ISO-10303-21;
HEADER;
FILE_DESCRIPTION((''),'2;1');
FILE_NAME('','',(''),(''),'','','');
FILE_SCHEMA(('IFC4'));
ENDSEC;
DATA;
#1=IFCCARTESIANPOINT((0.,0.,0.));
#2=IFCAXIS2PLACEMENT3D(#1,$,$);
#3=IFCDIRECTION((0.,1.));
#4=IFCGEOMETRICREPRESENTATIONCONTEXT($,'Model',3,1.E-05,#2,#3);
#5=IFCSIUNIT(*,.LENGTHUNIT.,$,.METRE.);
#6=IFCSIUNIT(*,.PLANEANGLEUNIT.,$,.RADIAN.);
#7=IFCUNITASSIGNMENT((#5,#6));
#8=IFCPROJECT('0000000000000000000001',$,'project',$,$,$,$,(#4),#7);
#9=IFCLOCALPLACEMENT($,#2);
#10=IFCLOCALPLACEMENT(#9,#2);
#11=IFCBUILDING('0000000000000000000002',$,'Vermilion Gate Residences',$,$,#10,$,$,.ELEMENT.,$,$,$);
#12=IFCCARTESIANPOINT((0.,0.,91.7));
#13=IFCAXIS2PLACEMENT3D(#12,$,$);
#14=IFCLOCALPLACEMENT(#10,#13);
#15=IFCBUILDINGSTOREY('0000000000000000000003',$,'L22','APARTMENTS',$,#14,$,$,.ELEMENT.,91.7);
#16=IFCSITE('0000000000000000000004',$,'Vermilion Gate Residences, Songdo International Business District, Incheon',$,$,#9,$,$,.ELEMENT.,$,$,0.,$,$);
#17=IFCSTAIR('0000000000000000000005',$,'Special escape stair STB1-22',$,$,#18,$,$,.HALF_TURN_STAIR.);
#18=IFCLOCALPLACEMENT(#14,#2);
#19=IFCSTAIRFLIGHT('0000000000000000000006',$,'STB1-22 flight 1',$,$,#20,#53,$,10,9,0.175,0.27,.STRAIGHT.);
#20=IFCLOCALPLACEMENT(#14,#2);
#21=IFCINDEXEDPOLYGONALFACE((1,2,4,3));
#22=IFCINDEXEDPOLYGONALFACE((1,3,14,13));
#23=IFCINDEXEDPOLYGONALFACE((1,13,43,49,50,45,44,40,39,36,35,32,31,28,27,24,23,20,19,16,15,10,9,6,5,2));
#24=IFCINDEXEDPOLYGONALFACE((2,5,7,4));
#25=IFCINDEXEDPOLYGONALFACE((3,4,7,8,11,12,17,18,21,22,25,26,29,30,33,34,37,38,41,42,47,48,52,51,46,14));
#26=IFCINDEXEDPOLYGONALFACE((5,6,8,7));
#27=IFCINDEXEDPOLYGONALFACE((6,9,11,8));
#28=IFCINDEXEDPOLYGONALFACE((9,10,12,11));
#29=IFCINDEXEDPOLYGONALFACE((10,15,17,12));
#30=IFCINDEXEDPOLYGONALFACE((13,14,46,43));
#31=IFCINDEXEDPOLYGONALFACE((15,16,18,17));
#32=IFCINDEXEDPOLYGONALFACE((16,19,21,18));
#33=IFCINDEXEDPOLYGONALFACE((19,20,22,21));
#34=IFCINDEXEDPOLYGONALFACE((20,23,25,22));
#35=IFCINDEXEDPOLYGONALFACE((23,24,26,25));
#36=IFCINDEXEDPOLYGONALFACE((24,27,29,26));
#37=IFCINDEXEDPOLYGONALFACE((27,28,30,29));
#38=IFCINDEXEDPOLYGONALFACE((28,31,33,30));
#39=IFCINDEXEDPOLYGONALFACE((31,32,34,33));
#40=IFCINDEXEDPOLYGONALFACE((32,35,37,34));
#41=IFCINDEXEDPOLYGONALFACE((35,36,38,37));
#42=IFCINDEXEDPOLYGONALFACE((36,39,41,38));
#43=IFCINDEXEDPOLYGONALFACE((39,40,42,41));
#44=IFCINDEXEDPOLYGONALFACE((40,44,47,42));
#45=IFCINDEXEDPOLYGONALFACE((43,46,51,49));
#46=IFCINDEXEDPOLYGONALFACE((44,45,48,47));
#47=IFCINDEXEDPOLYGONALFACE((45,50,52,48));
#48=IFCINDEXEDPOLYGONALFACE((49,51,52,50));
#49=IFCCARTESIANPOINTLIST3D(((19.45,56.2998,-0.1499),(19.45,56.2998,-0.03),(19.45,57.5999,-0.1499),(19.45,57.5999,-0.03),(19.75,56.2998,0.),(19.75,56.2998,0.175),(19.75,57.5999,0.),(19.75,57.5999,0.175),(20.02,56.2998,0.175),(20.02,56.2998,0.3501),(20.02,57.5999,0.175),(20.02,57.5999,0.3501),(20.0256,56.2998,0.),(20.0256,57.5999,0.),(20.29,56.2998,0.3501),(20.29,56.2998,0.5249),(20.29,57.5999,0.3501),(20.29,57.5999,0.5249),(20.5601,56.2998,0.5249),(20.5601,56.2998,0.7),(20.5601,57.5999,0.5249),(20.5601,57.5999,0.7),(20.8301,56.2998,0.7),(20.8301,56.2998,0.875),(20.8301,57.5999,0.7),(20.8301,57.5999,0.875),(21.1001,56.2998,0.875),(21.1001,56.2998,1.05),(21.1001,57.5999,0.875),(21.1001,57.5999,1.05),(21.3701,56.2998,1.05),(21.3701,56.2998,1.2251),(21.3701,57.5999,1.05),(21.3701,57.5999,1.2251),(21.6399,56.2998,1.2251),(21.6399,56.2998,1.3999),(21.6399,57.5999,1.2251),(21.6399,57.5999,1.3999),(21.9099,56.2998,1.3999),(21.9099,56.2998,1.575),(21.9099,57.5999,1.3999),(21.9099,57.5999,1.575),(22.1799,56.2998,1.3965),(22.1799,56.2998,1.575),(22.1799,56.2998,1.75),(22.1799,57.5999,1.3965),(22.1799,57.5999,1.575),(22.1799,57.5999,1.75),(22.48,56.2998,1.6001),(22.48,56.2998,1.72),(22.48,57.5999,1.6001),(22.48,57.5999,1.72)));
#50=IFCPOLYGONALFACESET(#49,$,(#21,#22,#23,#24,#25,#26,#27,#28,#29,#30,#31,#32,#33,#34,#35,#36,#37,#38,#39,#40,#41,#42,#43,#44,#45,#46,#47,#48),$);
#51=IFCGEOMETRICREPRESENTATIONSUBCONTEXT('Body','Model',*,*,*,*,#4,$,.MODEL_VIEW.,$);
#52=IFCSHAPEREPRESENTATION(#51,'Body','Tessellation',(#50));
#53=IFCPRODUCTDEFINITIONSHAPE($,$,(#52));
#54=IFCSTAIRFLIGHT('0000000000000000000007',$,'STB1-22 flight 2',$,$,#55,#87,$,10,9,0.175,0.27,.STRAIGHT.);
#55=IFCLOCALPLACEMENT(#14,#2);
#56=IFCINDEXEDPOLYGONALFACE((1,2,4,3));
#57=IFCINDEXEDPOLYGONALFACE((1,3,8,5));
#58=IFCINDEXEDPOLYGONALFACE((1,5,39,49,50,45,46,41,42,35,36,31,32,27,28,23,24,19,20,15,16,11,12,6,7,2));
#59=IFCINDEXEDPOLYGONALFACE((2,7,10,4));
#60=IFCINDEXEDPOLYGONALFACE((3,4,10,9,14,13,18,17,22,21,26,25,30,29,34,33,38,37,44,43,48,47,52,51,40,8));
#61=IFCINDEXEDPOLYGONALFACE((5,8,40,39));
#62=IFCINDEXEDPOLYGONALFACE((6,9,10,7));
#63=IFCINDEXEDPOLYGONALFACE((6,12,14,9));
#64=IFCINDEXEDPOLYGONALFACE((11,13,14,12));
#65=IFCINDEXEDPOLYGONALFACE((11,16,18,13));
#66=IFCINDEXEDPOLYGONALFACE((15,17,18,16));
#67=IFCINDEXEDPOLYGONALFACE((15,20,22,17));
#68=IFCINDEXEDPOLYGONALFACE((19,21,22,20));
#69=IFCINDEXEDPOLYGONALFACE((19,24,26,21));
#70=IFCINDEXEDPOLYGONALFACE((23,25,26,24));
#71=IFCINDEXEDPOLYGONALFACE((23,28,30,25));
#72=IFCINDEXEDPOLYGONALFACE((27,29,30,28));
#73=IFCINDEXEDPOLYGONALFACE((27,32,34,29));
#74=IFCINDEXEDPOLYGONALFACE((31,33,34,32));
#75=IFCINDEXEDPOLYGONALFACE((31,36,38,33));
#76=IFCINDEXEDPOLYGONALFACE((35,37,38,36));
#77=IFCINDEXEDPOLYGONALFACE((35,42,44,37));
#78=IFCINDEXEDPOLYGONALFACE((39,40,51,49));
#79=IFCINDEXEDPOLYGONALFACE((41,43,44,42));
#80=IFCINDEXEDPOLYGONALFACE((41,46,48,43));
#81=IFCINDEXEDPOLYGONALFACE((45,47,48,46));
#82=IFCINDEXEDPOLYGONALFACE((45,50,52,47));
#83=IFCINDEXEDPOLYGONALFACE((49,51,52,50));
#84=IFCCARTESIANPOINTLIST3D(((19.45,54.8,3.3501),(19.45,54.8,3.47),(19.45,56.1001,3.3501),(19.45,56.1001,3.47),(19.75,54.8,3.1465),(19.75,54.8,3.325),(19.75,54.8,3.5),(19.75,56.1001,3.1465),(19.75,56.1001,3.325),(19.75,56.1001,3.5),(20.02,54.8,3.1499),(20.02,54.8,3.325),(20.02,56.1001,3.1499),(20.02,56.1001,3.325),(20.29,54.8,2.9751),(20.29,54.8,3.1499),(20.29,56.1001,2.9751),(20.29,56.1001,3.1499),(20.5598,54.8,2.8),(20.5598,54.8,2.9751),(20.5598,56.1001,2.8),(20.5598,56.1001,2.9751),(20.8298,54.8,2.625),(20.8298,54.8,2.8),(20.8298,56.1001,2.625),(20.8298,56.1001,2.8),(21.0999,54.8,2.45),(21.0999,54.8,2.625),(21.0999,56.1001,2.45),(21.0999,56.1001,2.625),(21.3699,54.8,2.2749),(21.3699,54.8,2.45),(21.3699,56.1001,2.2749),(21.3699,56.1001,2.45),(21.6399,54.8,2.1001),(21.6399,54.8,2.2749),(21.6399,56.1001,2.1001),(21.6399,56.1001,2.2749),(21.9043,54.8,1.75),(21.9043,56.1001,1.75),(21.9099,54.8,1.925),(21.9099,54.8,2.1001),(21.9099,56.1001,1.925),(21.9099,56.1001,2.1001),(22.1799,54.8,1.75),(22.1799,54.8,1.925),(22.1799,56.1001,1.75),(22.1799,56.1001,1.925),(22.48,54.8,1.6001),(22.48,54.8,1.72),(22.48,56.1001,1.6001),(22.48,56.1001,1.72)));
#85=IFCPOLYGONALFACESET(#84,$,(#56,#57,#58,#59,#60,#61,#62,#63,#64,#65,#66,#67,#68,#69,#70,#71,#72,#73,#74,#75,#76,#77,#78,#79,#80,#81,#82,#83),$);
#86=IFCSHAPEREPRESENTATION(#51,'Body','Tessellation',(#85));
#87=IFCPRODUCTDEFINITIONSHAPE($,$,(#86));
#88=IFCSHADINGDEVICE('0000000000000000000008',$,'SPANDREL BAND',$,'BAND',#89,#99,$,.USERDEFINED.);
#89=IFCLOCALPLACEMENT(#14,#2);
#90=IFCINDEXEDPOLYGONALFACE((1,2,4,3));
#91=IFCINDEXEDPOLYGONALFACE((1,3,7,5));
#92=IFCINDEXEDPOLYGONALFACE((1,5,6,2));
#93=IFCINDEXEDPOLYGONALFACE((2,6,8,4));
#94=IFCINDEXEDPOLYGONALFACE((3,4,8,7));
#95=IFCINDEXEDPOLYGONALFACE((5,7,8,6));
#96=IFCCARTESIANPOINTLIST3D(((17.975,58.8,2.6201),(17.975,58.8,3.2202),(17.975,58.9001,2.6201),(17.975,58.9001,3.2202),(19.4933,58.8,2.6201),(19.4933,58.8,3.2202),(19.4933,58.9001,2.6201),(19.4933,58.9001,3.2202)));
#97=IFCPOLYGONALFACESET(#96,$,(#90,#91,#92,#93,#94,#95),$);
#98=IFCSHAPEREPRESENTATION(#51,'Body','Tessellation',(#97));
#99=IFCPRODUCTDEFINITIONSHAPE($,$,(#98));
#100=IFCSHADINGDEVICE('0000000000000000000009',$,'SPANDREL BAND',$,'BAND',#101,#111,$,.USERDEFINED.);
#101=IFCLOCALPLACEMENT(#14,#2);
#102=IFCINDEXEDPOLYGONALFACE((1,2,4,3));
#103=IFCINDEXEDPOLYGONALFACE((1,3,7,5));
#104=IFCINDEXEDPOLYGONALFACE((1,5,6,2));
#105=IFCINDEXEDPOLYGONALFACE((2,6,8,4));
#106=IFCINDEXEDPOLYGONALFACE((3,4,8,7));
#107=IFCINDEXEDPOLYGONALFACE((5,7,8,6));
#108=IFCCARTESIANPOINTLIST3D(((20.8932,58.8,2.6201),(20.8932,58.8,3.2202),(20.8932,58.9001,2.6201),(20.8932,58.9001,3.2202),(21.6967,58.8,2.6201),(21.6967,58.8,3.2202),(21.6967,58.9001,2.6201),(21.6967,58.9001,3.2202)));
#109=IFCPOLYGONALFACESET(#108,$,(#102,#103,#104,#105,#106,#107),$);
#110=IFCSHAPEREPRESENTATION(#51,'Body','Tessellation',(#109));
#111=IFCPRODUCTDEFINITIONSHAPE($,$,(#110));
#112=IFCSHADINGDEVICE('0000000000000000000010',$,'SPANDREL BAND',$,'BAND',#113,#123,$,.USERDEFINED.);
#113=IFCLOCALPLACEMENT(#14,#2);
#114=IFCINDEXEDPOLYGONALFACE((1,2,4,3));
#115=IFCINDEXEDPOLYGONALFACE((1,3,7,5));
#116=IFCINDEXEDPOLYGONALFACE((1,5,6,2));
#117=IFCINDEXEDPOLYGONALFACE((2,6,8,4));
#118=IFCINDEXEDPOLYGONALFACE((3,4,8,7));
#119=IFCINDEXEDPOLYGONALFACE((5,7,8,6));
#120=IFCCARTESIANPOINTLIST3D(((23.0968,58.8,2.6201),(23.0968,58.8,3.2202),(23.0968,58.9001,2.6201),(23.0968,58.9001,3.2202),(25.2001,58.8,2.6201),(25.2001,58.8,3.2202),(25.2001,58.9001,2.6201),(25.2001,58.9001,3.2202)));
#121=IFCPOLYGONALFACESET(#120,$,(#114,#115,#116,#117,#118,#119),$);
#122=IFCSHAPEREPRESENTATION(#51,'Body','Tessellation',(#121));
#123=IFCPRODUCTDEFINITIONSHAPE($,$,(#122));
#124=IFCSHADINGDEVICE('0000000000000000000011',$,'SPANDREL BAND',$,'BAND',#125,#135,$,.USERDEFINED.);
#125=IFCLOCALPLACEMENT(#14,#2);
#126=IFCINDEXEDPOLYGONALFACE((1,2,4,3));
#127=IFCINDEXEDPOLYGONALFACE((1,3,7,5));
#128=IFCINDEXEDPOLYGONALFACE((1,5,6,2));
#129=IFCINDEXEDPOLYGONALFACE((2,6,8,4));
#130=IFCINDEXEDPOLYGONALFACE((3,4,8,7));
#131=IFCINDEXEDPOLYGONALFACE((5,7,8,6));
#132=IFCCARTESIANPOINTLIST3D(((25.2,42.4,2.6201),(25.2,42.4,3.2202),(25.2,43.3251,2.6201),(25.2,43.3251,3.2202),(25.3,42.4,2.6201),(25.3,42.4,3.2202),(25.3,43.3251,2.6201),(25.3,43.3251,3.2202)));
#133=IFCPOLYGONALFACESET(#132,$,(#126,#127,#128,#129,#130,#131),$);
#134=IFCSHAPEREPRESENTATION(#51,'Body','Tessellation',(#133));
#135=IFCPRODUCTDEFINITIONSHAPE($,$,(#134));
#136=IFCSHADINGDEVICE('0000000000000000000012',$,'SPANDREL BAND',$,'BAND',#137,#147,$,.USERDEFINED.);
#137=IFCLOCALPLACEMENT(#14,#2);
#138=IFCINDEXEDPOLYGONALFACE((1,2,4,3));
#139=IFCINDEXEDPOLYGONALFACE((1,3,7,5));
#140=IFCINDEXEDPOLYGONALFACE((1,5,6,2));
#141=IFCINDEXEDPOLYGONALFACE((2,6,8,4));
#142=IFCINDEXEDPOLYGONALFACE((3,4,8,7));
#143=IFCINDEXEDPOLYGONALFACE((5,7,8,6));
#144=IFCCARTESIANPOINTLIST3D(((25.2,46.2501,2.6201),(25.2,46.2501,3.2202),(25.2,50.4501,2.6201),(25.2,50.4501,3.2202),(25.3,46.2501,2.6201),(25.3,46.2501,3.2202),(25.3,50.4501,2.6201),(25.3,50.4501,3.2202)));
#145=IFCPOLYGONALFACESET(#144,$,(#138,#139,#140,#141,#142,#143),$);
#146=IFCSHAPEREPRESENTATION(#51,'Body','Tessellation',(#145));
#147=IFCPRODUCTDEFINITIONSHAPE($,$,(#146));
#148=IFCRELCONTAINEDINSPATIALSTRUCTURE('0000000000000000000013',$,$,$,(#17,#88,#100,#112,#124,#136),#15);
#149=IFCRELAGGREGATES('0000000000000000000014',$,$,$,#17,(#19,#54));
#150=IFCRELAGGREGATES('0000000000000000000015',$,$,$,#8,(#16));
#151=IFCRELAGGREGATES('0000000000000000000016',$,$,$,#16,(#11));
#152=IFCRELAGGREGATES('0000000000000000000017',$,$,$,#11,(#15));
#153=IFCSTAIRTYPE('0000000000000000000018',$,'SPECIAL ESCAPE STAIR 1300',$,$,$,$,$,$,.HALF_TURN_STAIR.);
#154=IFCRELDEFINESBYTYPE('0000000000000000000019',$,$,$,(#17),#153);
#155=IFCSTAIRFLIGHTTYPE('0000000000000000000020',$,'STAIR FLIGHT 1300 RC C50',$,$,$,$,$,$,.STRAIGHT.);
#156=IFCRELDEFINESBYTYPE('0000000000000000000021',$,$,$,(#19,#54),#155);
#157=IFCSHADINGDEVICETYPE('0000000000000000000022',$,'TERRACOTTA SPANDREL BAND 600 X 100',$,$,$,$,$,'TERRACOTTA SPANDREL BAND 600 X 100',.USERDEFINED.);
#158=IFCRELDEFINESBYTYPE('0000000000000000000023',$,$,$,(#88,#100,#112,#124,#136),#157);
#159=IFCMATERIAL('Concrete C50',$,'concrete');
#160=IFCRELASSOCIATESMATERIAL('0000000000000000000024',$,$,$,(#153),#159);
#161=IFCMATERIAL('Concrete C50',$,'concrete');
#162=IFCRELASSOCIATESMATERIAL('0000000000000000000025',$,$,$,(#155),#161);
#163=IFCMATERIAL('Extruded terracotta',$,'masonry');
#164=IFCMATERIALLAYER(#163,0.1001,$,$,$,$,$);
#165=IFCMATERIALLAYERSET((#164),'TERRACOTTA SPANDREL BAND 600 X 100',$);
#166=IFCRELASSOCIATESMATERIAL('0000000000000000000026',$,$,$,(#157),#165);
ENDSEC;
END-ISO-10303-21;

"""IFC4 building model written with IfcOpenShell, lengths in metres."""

from ifc_helpers import new_model, si_unit, direction, frame, origin, origin_2d, place, context, subcontext, project, spatial, polyline, rectangle, outline, extrude, material, layer, layer_set, type_object, element, aggregate, save


model = new_model("IFC4")

# Units and contexts
model_context = context("Model", 3, precision=1e-05, world=origin(), true_north=direction((0.0, 1.0)))
body_context = subcontext(model_context, "Body", "Model", "MODEL_VIEW")
ifc_project = project(units=[si_unit("LENGTHUNIT", "METRE"), si_unit("PLANEANGLEUNIT", "RADIAN")], contexts=[model_context])

# Site, building, storey
site_placement = place(None, origin())
site = spatial("IfcSite", under=ifc_project, at=site_placement, Name="Vermilion Gate Residences, Songdo International Business District, Incheon", CompositionType="ELEMENT", RefElevation=0.0)
building_placement = place(site_placement, origin())
building = spatial("IfcBuilding", under=site, at=building_placement, Name="Vermilion Gate Residences", CompositionType="ELEMENT")
storey_placement = place(building_placement, frame((0.0, 0.0, 91.7)))
storey = spatial("IfcBuildingStorey", under=building, at=storey_placement, Name="L22", Description="APARTMENTS", CompositionType="ELEMENT", Elevation=91.7)

# Stair, stair flights
ifc_material_1 = material(Name="Concrete C50", Category="concrete")
stair_type = type_object("IfcStairType", Name="SPECIAL ESCAPE STAIR 1300", PredefinedType="HALF_TURN_STAIR", material=ifc_material_1)
stair_placement = place(storey_placement, origin())
stair = element("IfcStair", 1, at=stair_placement, inside=storey, type_object=stair_type, Name="Special escape stair STB1-22", PredefinedType="HALF_TURN_STAIR")
ifc_material_2 = material(Name="Concrete C50", Category="concrete")
stair_flight_type = type_object("IfcStairFlightType", Name="STAIR FLIGHT 1300 RC C50", PredefinedType="STRAIGHT", material=ifc_material_2)
stair_flight_1_placement = place(storey_placement, frame((19.75, 56.95, 0.0), z_axis=(0.0, 0.0, 1.0), x_axis=(1.0, 0.0, 0.0)))
stair_flight_1 = element("IfcStairFlight", 2, at=stair_flight_1_placement, type_object=stair_flight_type, Name="STB1-22 flight 1", NumberOfRisers=10, NumberOfTreads=9, PredefinedType="STRAIGHT", RiserHeight=0.175, TreadLength=0.27, context=body_context, shape_type="SweptSolid", body=[
    extrude(outline(polyline([(-0.3, -0.1499), (-0.3, -0.03), (0.0, 0.0), (0.0, 0.175), (0.27, 0.175), (0.27, 0.3501), (0.54, 0.3501), (0.54, 0.5249), (0.8101, 0.5249), (0.8101, 0.7), (1.0801, 0.7), (1.0801, 0.875), (1.3501, 0.875), (1.3501, 1.05), (1.6201, 1.05), (1.6201, 1.2251), (1.8899, 1.2251), (1.8899, 1.3999), (2.1599, 1.3999), (2.1599, 1.575), (2.4299, 1.575), (2.4299, 1.75), (2.73, 1.72), (2.73, 1.6001), (2.4299, 1.3965), (0.2756, 0.0), (-0.3, -0.1499)])), frame((0.0, 0.6499, 0.0), z_axis=(0.0, -1.0, 0.0), x_axis=(1.0, 0.0, 0.0)), (0.0, 0.0, 1.0), 1.3),
])
stair_flight_2_placement = place(storey_placement, frame((22.1799, 55.45, 1.75), z_axis=(0.0, 0.0, 1.0), x_axis=(-1.0, 0.0, 0.0)))
stair_flight_2 = element("IfcStairFlight", 3, at=stair_flight_2_placement, type_object=stair_flight_type, Name="STB1-22 flight 2", NumberOfRisers=10, NumberOfTreads=9, PredefinedType="STRAIGHT", RiserHeight=0.175, TreadLength=0.27, context=body_context, shape_type="SweptSolid", body=[
    extrude(outline(polyline([(-0.3, -0.1499), (-0.3, -0.03), (0.0, 0.0), (0.0, 0.175), (0.27, 0.175), (0.27, 0.3501), (0.54, 0.3501), (0.54, 0.5249), (0.8101, 0.5249), (0.8101, 0.7), (1.0801, 0.7), (1.0801, 0.875), (1.3501, 0.875), (1.3501, 1.05), (1.6201, 1.05), (1.6201, 1.2251), (1.8899, 1.2251), (1.8899, 1.3999), (2.1599, 1.3999), (2.1599, 1.575), (2.4299, 1.575), (2.4299, 1.75), (2.73, 1.72), (2.73, 1.6001), (2.4299, 1.3965), (0.2756, 0.0), (-0.3, -0.1499)])), frame((0.0, 0.6499, 0.0), z_axis=(0.0, -1.0, 0.0), x_axis=(1.0, 0.0, 0.0)), (0.0, 0.0, 1.0), 1.3),
])
aggregate(stair, [stair_flight_1, stair_flight_2])

# Shading devices
ifc_material_3 = material(Name="Extruded terracotta", Category="masonry")
ifc_layer_1 = layer(ifc_material_3, 0.1001)
ifc_layer_set_1 = layer_set([ifc_layer_1], Name="TERRACOTTA SPANDREL BAND 600 X 100")
shading_device_type = type_object("IfcShadingDeviceType", Name="TERRACOTTA SPANDREL BAND 600 X 100", ElementType="TERRACOTTA SPANDREL BAND 600 X 100", PredefinedType="USERDEFINED", material=ifc_layer_set_1)
shading_device_1_placement = place(storey_placement, frame((18.7341, 58.8501, 2.6201), z_axis=(0.0, 0.0, 1.0), x_axis=(1.0, 0.0, 0.0)))
element("IfcShadingDevice", 4, at=shading_device_1_placement, inside=storey, type_object=shading_device_type, Name="SPANDREL BAND", ObjectType="BAND", PredefinedType="USERDEFINED", context=body_context, shape_type="SweptSolid", body=[
    extrude(rectangle(XDim=1.5183, YDim=0.1001, at=origin_2d()), origin(), (0.0, 0.0, 1.0), 0.6001),
])
shading_device_2_placement = place(storey_placement, frame((21.2949, 58.8501, 2.6201), z_axis=(0.0, 0.0, 1.0), x_axis=(1.0, 0.0, 0.0)))
element("IfcShadingDevice", 5, at=shading_device_2_placement, inside=storey, type_object=shading_device_type, Name="SPANDREL BAND", ObjectType="BAND", PredefinedType="USERDEFINED", context=body_context, shape_type="SweptSolid", body=[
    extrude(rectangle(XDim=0.8035, YDim=0.1001, at=origin_2d()), origin(), (0.0, 0.0, 1.0), 0.6001),
])
shading_device_3_placement = place(storey_placement, frame((24.1484, 58.8501, 2.6201), z_axis=(0.0, 0.0, 1.0), x_axis=(1.0, 0.0, 0.0)))
element("IfcShadingDevice", 6, at=shading_device_3_placement, inside=storey, type_object=shading_device_type, Name="SPANDREL BAND", ObjectType="BAND", PredefinedType="USERDEFINED", context=body_context, shape_type="SweptSolid", body=[
    extrude(rectangle(XDim=2.1033, YDim=0.1001, at=origin_2d()), origin(), (0.0, 0.0, 1.0), 0.6001),
])
shading_device_4_placement = place(storey_placement, frame((25.25, 42.8625, 2.6201), z_axis=(0.0, 0.0, 1.0), x_axis=(0.0, 1.0, 0.0)))
element("IfcShadingDevice", 7, at=shading_device_4_placement, inside=storey, type_object=shading_device_type, Name="SPANDREL BAND", ObjectType="BAND", PredefinedType="USERDEFINED", context=body_context, shape_type="SweptSolid", body=[
    extrude(rectangle(XDim=0.925, YDim=0.1001, at=origin_2d()), origin(), (0.0, 0.0, 1.0), 0.6001),
])
shading_device_5_placement = place(storey_placement, frame((25.25, 48.3501, 2.6201), z_axis=(0.0, 0.0, 1.0), x_axis=(0.0, 1.0, 0.0)))
element("IfcShadingDevice", 8, at=shading_device_5_placement, inside=storey, type_object=shading_device_type, Name="SPANDREL BAND", ObjectType="BAND", PredefinedType="USERDEFINED", context=body_context, shape_type="SweptSolid", body=[
    extrude(rectangle(XDim=4.2, YDim=0.1001, at=origin_2d()), origin(), (0.0, 0.0, 1.0), 0.6001),
])

save(model, "model.ifc")
